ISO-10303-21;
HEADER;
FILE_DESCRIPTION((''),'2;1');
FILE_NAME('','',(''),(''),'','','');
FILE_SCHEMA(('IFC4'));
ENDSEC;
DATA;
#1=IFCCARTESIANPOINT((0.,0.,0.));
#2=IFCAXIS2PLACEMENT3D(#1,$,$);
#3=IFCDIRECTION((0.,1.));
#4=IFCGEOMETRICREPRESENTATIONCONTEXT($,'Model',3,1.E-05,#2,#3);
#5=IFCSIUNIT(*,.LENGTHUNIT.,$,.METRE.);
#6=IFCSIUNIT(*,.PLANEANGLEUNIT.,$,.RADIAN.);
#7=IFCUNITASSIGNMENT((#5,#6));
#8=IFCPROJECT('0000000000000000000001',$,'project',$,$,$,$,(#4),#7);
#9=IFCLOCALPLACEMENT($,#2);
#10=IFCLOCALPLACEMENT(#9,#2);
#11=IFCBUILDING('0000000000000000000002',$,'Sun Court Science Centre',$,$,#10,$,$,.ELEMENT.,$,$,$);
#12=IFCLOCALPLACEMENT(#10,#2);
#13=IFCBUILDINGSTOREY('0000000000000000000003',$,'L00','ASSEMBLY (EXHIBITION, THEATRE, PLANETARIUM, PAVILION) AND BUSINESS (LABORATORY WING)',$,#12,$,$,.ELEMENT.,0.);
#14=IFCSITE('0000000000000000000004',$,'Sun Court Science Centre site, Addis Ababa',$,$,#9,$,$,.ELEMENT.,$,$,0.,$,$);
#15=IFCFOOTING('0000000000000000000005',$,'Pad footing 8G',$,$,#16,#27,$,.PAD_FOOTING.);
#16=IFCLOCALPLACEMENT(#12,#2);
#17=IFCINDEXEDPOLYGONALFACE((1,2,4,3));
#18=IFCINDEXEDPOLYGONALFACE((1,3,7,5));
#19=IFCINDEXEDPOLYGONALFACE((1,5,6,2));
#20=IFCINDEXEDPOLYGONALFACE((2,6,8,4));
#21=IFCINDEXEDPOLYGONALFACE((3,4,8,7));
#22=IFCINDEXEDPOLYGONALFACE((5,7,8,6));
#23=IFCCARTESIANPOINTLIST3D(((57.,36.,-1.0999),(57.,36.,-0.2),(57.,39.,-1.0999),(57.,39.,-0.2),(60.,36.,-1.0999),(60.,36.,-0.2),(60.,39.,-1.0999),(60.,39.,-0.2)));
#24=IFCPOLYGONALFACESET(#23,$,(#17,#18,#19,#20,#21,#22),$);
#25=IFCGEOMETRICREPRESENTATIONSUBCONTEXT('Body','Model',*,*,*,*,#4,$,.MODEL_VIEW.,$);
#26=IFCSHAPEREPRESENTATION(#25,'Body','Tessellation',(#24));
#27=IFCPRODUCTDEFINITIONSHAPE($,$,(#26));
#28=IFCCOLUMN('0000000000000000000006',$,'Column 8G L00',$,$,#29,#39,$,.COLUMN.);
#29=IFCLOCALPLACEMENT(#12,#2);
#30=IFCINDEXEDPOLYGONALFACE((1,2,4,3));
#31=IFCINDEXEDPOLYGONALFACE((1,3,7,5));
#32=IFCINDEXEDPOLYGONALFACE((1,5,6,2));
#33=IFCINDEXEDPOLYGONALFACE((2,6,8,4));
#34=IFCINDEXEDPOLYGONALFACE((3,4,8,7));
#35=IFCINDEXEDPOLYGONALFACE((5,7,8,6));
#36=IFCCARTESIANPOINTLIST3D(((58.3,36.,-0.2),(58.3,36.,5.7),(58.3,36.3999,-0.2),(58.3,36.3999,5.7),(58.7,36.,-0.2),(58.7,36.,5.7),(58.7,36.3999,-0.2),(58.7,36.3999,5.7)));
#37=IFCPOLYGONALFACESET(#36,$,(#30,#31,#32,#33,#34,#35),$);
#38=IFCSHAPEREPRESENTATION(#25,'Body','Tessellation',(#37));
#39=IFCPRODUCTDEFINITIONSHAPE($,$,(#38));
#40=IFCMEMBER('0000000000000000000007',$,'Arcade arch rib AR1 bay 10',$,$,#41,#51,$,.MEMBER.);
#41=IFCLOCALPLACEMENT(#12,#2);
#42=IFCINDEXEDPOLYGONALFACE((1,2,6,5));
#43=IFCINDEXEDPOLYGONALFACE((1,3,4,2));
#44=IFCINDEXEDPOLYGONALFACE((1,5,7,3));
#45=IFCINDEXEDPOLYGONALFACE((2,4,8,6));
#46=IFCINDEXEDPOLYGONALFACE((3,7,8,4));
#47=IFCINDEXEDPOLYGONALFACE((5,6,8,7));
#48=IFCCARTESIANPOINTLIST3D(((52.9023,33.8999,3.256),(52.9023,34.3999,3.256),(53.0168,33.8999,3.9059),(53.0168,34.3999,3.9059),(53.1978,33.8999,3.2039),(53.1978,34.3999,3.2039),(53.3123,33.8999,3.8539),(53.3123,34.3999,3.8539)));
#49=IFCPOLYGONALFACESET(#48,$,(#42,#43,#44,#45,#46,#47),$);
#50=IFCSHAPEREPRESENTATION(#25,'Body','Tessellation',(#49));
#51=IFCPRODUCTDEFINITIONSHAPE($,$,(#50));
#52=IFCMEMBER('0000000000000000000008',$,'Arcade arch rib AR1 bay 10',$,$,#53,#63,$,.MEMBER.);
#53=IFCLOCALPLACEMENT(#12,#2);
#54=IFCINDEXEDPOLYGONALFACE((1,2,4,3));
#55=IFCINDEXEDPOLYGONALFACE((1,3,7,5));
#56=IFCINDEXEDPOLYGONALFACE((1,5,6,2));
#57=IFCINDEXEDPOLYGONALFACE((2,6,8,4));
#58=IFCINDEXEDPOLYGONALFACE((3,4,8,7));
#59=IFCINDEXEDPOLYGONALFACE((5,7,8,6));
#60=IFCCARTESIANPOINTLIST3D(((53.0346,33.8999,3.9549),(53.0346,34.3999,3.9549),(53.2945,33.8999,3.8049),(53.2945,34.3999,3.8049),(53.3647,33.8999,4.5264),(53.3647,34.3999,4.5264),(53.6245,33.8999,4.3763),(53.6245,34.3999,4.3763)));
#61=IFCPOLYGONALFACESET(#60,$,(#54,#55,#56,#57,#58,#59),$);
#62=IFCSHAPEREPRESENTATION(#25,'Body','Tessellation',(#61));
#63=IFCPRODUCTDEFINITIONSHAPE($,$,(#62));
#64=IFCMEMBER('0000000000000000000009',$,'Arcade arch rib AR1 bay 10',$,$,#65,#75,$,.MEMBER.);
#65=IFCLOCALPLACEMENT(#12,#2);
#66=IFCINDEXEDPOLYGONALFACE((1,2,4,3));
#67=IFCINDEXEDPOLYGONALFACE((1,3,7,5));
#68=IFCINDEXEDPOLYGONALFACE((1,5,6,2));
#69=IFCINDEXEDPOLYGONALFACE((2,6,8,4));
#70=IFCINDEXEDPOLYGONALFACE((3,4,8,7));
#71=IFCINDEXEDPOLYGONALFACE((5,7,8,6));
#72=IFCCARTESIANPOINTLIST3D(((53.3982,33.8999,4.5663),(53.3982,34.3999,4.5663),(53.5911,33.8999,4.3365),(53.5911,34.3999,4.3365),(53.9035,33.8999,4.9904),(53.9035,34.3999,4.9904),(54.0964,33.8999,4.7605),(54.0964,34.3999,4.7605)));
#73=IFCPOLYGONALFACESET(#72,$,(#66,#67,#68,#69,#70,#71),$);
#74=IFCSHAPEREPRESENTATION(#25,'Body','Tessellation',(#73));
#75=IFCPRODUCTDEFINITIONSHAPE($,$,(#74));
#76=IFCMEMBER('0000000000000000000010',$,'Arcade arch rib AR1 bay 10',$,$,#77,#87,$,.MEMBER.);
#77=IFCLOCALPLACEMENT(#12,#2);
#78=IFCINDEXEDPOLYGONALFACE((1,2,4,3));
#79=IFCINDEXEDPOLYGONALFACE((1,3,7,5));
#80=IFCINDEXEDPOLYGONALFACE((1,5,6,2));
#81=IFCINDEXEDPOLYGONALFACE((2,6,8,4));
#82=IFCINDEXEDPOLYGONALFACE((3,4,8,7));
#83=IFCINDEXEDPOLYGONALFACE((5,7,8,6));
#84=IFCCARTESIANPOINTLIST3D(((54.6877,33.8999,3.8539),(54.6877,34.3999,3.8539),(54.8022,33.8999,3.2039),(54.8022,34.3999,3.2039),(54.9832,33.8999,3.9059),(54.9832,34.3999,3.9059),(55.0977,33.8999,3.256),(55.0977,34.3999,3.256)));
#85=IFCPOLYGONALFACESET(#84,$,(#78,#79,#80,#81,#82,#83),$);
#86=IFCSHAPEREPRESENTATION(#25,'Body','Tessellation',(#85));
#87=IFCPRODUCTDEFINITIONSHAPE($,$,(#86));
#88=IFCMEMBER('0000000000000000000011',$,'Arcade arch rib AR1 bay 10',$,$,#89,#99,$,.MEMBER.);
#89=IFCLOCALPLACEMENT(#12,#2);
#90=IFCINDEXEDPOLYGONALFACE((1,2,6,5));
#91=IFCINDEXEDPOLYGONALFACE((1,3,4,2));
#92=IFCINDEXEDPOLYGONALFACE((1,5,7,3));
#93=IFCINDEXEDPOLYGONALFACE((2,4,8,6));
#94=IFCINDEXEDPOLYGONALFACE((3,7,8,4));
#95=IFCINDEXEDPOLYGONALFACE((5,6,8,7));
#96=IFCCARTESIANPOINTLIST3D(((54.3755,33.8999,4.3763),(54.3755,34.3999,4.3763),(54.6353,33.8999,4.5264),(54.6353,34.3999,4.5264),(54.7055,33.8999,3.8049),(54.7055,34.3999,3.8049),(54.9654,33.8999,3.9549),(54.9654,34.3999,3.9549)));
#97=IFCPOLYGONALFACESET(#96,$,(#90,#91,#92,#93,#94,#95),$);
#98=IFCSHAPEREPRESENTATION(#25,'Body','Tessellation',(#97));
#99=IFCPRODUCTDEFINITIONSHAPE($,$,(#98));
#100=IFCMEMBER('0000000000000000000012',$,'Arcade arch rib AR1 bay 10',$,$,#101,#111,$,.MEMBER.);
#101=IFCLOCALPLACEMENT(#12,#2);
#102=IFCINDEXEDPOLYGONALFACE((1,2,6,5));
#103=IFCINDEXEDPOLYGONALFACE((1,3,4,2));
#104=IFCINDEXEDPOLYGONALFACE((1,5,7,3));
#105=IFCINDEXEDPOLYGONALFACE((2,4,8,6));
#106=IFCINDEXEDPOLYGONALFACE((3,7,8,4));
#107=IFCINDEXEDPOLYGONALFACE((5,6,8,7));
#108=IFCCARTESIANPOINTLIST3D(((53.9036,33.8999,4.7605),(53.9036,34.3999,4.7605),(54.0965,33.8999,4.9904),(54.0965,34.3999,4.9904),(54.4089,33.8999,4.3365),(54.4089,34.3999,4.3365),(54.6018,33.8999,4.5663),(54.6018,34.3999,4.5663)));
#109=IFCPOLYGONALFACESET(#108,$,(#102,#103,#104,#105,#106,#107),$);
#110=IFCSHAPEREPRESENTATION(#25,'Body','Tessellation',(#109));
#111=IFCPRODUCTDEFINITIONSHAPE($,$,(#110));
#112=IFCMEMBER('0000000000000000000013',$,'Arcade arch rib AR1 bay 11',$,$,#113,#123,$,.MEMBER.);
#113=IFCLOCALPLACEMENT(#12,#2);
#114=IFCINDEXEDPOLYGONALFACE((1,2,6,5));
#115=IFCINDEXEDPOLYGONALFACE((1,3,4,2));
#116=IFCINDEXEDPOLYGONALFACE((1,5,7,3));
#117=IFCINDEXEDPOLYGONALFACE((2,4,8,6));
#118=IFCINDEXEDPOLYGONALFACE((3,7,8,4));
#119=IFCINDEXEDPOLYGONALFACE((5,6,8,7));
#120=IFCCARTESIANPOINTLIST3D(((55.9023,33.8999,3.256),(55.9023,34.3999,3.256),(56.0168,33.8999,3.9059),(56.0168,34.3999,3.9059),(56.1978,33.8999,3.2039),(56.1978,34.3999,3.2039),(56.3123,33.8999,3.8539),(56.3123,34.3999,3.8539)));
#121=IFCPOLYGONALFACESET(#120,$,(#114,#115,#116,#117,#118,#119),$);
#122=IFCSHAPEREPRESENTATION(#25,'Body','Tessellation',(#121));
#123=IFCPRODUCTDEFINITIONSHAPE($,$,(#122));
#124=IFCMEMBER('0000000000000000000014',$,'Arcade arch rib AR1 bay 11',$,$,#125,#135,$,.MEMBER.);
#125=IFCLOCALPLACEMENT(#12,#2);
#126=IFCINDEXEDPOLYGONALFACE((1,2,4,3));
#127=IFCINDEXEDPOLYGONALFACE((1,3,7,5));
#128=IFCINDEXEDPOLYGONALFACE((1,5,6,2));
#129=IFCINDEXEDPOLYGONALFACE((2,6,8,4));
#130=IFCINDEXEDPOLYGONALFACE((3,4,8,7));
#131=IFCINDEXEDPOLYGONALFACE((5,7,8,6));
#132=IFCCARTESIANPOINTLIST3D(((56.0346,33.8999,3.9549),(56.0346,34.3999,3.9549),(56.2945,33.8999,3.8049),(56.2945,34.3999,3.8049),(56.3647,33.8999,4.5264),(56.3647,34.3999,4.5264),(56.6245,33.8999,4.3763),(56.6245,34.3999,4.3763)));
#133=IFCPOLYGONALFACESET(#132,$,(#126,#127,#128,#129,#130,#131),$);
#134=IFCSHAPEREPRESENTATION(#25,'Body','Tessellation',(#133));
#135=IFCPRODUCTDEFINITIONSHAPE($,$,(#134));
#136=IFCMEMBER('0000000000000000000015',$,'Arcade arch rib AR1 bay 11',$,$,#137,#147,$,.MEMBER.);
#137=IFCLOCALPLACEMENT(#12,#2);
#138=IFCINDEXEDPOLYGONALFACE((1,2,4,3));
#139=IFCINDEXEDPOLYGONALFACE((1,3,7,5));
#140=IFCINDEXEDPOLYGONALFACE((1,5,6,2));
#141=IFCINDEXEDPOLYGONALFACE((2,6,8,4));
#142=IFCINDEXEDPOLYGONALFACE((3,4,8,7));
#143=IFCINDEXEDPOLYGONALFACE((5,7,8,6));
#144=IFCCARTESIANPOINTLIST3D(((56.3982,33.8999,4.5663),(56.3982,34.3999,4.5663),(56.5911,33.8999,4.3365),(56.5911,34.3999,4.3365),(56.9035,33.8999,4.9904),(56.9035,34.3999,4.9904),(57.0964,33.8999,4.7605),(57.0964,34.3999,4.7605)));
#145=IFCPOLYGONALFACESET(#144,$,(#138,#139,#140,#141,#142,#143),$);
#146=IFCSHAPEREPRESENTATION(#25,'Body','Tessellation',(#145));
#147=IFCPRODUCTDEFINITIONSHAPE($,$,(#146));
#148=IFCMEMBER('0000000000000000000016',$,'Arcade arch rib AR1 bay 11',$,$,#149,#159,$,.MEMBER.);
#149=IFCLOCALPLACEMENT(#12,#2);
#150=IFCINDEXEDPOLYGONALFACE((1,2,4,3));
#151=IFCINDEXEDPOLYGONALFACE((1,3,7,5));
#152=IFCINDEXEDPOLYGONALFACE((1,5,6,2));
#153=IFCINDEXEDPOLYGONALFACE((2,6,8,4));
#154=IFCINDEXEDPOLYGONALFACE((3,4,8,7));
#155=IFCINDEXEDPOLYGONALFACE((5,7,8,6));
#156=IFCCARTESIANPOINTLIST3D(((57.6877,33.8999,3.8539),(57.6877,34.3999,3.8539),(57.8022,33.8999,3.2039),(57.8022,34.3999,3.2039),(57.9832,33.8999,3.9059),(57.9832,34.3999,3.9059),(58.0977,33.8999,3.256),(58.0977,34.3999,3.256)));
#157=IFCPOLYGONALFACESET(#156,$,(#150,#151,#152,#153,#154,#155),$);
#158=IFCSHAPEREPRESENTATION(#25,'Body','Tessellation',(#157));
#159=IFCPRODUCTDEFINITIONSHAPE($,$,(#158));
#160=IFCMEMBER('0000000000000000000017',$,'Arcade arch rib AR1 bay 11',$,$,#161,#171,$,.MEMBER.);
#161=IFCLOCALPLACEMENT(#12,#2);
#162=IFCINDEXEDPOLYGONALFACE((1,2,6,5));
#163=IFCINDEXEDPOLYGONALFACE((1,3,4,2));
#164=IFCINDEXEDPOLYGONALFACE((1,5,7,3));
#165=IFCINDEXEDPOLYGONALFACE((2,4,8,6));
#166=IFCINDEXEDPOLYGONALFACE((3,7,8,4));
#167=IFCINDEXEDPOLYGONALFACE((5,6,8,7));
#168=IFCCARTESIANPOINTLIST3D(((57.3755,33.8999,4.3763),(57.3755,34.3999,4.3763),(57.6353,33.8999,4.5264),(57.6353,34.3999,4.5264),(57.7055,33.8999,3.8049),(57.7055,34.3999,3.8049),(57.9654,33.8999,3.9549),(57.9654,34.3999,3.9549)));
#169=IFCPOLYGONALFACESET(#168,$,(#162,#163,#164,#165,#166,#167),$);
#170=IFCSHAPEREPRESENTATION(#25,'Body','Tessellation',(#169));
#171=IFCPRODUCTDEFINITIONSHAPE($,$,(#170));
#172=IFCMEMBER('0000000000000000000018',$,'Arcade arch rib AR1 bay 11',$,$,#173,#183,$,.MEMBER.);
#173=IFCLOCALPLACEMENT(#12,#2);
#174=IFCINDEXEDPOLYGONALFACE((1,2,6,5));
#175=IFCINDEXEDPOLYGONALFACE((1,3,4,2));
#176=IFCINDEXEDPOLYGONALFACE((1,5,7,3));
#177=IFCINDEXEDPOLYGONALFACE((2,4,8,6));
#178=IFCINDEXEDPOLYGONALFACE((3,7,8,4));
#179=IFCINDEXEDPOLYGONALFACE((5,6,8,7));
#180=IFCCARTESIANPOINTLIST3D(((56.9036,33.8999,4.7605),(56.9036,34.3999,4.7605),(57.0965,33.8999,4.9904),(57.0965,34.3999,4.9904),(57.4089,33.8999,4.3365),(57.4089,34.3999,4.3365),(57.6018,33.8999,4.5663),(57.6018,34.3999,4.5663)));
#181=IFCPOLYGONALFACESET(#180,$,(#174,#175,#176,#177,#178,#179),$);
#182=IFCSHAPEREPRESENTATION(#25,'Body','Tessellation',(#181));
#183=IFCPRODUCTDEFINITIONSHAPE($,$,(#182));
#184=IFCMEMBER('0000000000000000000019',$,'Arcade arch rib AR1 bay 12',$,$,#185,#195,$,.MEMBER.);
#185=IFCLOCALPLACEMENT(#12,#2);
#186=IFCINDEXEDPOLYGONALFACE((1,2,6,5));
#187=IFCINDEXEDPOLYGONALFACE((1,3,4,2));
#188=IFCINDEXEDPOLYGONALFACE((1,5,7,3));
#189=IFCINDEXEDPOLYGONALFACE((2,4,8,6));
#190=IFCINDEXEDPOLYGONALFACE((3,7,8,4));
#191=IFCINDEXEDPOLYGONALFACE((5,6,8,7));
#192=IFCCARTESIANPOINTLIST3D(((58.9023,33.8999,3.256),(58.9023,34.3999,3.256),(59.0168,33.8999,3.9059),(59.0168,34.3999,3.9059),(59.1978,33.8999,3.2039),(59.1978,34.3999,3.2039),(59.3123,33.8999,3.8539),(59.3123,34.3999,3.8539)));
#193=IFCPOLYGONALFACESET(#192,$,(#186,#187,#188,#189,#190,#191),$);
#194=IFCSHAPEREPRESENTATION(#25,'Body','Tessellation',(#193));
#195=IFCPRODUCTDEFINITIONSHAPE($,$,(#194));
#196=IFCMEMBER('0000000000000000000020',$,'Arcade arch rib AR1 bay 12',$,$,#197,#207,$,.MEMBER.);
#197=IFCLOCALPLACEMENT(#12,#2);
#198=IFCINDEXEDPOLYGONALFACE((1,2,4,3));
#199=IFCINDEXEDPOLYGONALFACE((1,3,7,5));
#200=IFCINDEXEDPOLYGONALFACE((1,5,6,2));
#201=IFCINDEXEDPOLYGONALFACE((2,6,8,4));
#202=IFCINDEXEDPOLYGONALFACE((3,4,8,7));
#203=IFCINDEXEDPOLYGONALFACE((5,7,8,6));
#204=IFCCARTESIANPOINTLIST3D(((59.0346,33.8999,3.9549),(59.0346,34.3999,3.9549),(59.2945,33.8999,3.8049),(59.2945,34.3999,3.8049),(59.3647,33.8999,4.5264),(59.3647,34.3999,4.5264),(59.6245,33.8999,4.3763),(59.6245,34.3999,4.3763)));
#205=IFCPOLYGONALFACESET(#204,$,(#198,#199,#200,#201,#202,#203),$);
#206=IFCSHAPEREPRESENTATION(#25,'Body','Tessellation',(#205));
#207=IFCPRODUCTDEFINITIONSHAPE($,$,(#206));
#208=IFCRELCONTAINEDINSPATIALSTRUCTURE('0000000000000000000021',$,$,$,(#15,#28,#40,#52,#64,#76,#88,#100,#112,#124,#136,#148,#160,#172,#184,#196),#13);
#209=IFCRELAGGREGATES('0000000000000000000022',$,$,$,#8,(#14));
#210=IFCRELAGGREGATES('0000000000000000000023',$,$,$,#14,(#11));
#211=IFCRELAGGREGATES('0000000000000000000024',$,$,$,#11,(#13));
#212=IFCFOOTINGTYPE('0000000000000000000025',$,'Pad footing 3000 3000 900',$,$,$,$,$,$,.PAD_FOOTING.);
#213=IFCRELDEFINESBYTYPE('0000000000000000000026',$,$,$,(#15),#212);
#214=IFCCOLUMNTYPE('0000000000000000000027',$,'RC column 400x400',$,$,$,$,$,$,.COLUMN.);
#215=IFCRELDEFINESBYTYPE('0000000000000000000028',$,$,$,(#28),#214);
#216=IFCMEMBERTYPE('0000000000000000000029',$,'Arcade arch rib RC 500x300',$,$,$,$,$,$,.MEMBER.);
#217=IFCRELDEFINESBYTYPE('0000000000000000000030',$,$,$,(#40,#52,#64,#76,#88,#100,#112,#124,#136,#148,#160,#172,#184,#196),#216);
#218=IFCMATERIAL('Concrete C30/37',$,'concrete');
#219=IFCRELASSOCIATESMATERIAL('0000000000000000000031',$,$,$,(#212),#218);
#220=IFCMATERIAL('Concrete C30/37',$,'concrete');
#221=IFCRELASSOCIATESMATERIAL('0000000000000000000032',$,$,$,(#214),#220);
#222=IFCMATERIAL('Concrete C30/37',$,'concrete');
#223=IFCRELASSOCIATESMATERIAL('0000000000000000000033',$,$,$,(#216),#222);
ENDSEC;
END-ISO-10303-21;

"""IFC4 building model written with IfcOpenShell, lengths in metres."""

from ifc_helpers import new_model, si_unit, direction, frame, origin, origin_2d, place, context, subcontext, project, spatial, rectangle, extrude, material, material_profile, profile_set, type_object, element, save


model = new_model("IFC4")

# Units and contexts
model_context = context("Model", 3, precision=1e-05, world=origin(), true_north=direction((0.0, 1.0)))
body_context = subcontext(model_context, "Body", "Model", "MODEL_VIEW")
ifc_project = project(units=[si_unit("LENGTHUNIT", "METRE"), si_unit("PLANEANGLEUNIT", "RADIAN")], contexts=[model_context])

# Site, building, storey
site_placement = place(None, origin())
site = spatial("IfcSite", under=ifc_project, at=site_placement, Name="Sun Court Science Centre site, Addis Ababa", CompositionType="ELEMENT", RefElevation=0.0)
building_placement = place(site_placement, origin())
building = spatial("IfcBuilding", under=site, at=building_placement, Name="Sun Court Science Centre", CompositionType="ELEMENT")
storey_placement = place(building_placement, origin())
storey = spatial("IfcBuildingStorey", under=building, at=storey_placement, Name="L00", Description="ASSEMBLY (EXHIBITION, THEATRE, PLANETARIUM, PAVILION) AND BUSINESS (LABORATORY WING)", CompositionType="ELEMENT", Elevation=0.0)

# Footing
ifc_material_1 = material(Name="Concrete C30/37", Category="concrete")
footing_type = type_object("IfcFootingType", Name="Pad footing 3000 3000 900", PredefinedType="PAD_FOOTING", material=ifc_material_1)
footing_placement = place(storey_placement, frame((58.5, 37.5, -1.0999), z_axis=(0.0, 0.0, 1.0), x_axis=(1.0, 0.0, 0.0)))
element("IfcFooting", 1, at=footing_placement, inside=storey, type_object=footing_type, Name="Pad footing 8G", PredefinedType="PAD_FOOTING", context=body_context, shape_type="SweptSolid", body=[
    extrude(rectangle(XDim=3.0, YDim=3.0, at=origin_2d()), origin(), (0.0, 0.0, 1.0), 0.8999),
])

# Column
ifc_material_2 = material(Name="Concrete C30/37", Category="concrete")
ifc_material_profile_1 = material_profile(ifc_material_2, rectangle(XDim=0.3999, YDim=0.3999, at=origin_2d()), Name="RC 400x400")
ifc_profile_set_1 = profile_set([ifc_material_profile_1], Name="Concrete C30/37")
column_type = type_object("IfcColumnType", Name="RC column 400x400", PredefinedType="COLUMN", material=ifc_profile_set_1)
column_placement = place(storey_placement, frame((58.5, 36.2, -0.2), z_axis=(0.0, 0.0, 1.0), x_axis=(1.0, 0.0, 0.0)))
element("IfcColumn", 2, at=column_placement, inside=storey, type_object=column_type, Name="Column 8G L00", PredefinedType="COLUMN", context=body_context, shape_type="SweptSolid", body=[
    extrude(rectangle(XDim=0.3999, YDim=0.3999, at=origin_2d()), origin(), (0.0, 0.0, 1.0), 5.8999),
])

# Members
ifc_material_3 = material(Name="Concrete C30/37", Category="concrete")
ifc_material_profile_2 = material_profile(ifc_material_3, rectangle(XDim=0.5, YDim=0.3, at=origin_2d()), Name="RC 500x300")
ifc_profile_set_2 = profile_set([ifc_material_profile_2], Name="Concrete C30/37")
member_type_1 = type_object("IfcMemberType", Name="Arcade arch rib RC 500x300", PredefinedType="MEMBER", material=ifc_profile_set_2)
for number, where, z_axis, x_axis, name in (
    (3, (53.05, 34.1499, 3.23), (0.173511, 0.0, 0.984832), (0.0, 1.0, 0.0), "Arcade arch rib AR1 bay 10"),
    (4, (53.1646, 34.1499, 3.8799), (0.500117, 0.0, 0.865958), (0.0, 1.0, 0.0), "Arcade arch rib AR1 bay 10"),
):
    element("IfcMember", number, at=place(storey_placement, frame(where, z_axis=z_axis, x_axis=x_axis)), inside=storey, type_object=member_type_1, Name=name, PredefinedType="MEMBER", context=body_context, shape_type="SweptSolid", body=[
        extrude(rectangle(XDim=0.5, YDim=0.3, at=origin_2d()), origin(), (0.0, 0.0, 1.0), 0.6599),
    ])
member_1_placement = place(storey_placement, frame((53.4946, 34.1499, 4.4514), z_axis=(0.766033, 0.0, 0.642801), x_axis=(0.0, 1.0, 0.0)))
element("IfcMember", 5, at=member_1_placement, inside=storey, type_object=member_type_1, Name="Arcade arch rib AR1 bay 10", PredefinedType="MEMBER", context=body_context, shape_type="SweptSolid", body=[
    extrude(rectangle(XDim=0.5, YDim=0.3, at=origin_2d()), origin(), (0.0, 0.0, 1.0), 0.6597),
])
for number, where, z_axis, x_axis, name in (
    (6, (54.95, 34.1499, 3.23), (-0.173511, 0.0, 0.984832), (0.0, -1.0, 0.0), "Arcade arch rib AR1 bay 10"),
    (7, (54.8354, 34.1499, 3.8799), (-0.500117, 0.0, 0.865958), (0.0, -1.0, 0.0), "Arcade arch rib AR1 bay 10"),
):
    element("IfcMember", number, at=place(storey_placement, frame(where, z_axis=z_axis, x_axis=x_axis)), inside=storey, type_object=member_type_1, Name=name, PredefinedType="MEMBER", context=body_context, shape_type="SweptSolid", body=[
        extrude(rectangle(XDim=0.5, YDim=0.3, at=origin_2d()), origin(), (0.0, 0.0, 1.0), 0.6599),
    ])
member_2_placement = place(storey_placement, frame((54.5054, 34.1499, 4.4514), z_axis=(-0.766033, 0.0, 0.642801), x_axis=(0.0, -1.0, 0.0)))
element("IfcMember", 8, at=member_2_placement, inside=storey, type_object=member_type_1, Name="Arcade arch rib AR1 bay 10", PredefinedType="MEMBER", context=body_context, shape_type="SweptSolid", body=[
    extrude(rectangle(XDim=0.5, YDim=0.3, at=origin_2d()), origin(), (0.0, 0.0, 1.0), 0.6597),
])
for number, where, z_axis, x_axis, name in (
    (9, (56.05, 34.1499, 3.23), (0.173511, 0.0, 0.984832), (0.0, 1.0, 0.0), "Arcade arch rib AR1 bay 11"),
    (10, (56.1646, 34.1499, 3.8799), (0.500117, 0.0, 0.865958), (0.0, 1.0, 0.0), "Arcade arch rib AR1 bay 11"),
):
    element("IfcMember", number, at=place(storey_placement, frame(where, z_axis=z_axis, x_axis=x_axis)), inside=storey, type_object=member_type_1, Name=name, PredefinedType="MEMBER", context=body_context, shape_type="SweptSolid", body=[
        extrude(rectangle(XDim=0.5, YDim=0.3, at=origin_2d()), origin(), (0.0, 0.0, 1.0), 0.6599),
    ])
member_3_placement = place(storey_placement, frame((56.4946, 34.1499, 4.4514), z_axis=(0.766033, 0.0, 0.642801), x_axis=(0.0, 1.0, 0.0)))
element("IfcMember", 11, at=member_3_placement, inside=storey, type_object=member_type_1, Name="Arcade arch rib AR1 bay 11", PredefinedType="MEMBER", context=body_context, shape_type="SweptSolid", body=[
    extrude(rectangle(XDim=0.5, YDim=0.3, at=origin_2d()), origin(), (0.0, 0.0, 1.0), 0.6597),
])
for number, where, z_axis, x_axis, name in (
    (12, (57.95, 34.1499, 3.23), (-0.173511, 0.0, 0.984832), (0.0, -1.0, 0.0), "Arcade arch rib AR1 bay 11"),
    (13, (57.8354, 34.1499, 3.8799), (-0.500117, 0.0, 0.865958), (0.0, -1.0, 0.0), "Arcade arch rib AR1 bay 11"),
):
    element("IfcMember", number, at=place(storey_placement, frame(where, z_axis=z_axis, x_axis=x_axis)), inside=storey, type_object=member_type_1, Name=name, PredefinedType="MEMBER", context=body_context, shape_type="SweptSolid", body=[
        extrude(rectangle(XDim=0.5, YDim=0.3, at=origin_2d()), origin(), (0.0, 0.0, 1.0), 0.6599),
    ])
member_4_placement = place(storey_placement, frame((57.5054, 34.1499, 4.4514), z_axis=(-0.766033, 0.0, 0.642801), x_axis=(0.0, -1.0, 0.0)))
element("IfcMember", 14, at=member_4_placement, inside=storey, type_object=member_type_1, Name="Arcade arch rib AR1 bay 11", PredefinedType="MEMBER", context=body_context, shape_type="SweptSolid", body=[
    extrude(rectangle(XDim=0.5, YDim=0.3, at=origin_2d()), origin(), (0.0, 0.0, 1.0), 0.6597),
])
for number, where, z_axis, x_axis, name in (
    (15, (59.05, 34.1499, 3.23), (0.173511, 0.0, 0.984832), (0.0, 1.0, 0.0), "Arcade arch rib AR1 bay 12"),
    (16, (59.1646, 34.1499, 3.8799), (0.500117, 0.0, 0.865958), (0.0, 1.0, 0.0), "Arcade arch rib AR1 bay 12"),
):
    element("IfcMember", number, at=place(storey_placement, frame(where, z_axis=z_axis, x_axis=x_axis)), inside=storey, type_object=member_type_1, Name=name, PredefinedType="MEMBER", context=body_context, shape_type="SweptSolid", body=[
        extrude(rectangle(XDim=0.5, YDim=0.3, at=origin_2d()), origin(), (0.0, 0.0, 1.0), 0.6599),
    ])

save(model, "model.ifc")
